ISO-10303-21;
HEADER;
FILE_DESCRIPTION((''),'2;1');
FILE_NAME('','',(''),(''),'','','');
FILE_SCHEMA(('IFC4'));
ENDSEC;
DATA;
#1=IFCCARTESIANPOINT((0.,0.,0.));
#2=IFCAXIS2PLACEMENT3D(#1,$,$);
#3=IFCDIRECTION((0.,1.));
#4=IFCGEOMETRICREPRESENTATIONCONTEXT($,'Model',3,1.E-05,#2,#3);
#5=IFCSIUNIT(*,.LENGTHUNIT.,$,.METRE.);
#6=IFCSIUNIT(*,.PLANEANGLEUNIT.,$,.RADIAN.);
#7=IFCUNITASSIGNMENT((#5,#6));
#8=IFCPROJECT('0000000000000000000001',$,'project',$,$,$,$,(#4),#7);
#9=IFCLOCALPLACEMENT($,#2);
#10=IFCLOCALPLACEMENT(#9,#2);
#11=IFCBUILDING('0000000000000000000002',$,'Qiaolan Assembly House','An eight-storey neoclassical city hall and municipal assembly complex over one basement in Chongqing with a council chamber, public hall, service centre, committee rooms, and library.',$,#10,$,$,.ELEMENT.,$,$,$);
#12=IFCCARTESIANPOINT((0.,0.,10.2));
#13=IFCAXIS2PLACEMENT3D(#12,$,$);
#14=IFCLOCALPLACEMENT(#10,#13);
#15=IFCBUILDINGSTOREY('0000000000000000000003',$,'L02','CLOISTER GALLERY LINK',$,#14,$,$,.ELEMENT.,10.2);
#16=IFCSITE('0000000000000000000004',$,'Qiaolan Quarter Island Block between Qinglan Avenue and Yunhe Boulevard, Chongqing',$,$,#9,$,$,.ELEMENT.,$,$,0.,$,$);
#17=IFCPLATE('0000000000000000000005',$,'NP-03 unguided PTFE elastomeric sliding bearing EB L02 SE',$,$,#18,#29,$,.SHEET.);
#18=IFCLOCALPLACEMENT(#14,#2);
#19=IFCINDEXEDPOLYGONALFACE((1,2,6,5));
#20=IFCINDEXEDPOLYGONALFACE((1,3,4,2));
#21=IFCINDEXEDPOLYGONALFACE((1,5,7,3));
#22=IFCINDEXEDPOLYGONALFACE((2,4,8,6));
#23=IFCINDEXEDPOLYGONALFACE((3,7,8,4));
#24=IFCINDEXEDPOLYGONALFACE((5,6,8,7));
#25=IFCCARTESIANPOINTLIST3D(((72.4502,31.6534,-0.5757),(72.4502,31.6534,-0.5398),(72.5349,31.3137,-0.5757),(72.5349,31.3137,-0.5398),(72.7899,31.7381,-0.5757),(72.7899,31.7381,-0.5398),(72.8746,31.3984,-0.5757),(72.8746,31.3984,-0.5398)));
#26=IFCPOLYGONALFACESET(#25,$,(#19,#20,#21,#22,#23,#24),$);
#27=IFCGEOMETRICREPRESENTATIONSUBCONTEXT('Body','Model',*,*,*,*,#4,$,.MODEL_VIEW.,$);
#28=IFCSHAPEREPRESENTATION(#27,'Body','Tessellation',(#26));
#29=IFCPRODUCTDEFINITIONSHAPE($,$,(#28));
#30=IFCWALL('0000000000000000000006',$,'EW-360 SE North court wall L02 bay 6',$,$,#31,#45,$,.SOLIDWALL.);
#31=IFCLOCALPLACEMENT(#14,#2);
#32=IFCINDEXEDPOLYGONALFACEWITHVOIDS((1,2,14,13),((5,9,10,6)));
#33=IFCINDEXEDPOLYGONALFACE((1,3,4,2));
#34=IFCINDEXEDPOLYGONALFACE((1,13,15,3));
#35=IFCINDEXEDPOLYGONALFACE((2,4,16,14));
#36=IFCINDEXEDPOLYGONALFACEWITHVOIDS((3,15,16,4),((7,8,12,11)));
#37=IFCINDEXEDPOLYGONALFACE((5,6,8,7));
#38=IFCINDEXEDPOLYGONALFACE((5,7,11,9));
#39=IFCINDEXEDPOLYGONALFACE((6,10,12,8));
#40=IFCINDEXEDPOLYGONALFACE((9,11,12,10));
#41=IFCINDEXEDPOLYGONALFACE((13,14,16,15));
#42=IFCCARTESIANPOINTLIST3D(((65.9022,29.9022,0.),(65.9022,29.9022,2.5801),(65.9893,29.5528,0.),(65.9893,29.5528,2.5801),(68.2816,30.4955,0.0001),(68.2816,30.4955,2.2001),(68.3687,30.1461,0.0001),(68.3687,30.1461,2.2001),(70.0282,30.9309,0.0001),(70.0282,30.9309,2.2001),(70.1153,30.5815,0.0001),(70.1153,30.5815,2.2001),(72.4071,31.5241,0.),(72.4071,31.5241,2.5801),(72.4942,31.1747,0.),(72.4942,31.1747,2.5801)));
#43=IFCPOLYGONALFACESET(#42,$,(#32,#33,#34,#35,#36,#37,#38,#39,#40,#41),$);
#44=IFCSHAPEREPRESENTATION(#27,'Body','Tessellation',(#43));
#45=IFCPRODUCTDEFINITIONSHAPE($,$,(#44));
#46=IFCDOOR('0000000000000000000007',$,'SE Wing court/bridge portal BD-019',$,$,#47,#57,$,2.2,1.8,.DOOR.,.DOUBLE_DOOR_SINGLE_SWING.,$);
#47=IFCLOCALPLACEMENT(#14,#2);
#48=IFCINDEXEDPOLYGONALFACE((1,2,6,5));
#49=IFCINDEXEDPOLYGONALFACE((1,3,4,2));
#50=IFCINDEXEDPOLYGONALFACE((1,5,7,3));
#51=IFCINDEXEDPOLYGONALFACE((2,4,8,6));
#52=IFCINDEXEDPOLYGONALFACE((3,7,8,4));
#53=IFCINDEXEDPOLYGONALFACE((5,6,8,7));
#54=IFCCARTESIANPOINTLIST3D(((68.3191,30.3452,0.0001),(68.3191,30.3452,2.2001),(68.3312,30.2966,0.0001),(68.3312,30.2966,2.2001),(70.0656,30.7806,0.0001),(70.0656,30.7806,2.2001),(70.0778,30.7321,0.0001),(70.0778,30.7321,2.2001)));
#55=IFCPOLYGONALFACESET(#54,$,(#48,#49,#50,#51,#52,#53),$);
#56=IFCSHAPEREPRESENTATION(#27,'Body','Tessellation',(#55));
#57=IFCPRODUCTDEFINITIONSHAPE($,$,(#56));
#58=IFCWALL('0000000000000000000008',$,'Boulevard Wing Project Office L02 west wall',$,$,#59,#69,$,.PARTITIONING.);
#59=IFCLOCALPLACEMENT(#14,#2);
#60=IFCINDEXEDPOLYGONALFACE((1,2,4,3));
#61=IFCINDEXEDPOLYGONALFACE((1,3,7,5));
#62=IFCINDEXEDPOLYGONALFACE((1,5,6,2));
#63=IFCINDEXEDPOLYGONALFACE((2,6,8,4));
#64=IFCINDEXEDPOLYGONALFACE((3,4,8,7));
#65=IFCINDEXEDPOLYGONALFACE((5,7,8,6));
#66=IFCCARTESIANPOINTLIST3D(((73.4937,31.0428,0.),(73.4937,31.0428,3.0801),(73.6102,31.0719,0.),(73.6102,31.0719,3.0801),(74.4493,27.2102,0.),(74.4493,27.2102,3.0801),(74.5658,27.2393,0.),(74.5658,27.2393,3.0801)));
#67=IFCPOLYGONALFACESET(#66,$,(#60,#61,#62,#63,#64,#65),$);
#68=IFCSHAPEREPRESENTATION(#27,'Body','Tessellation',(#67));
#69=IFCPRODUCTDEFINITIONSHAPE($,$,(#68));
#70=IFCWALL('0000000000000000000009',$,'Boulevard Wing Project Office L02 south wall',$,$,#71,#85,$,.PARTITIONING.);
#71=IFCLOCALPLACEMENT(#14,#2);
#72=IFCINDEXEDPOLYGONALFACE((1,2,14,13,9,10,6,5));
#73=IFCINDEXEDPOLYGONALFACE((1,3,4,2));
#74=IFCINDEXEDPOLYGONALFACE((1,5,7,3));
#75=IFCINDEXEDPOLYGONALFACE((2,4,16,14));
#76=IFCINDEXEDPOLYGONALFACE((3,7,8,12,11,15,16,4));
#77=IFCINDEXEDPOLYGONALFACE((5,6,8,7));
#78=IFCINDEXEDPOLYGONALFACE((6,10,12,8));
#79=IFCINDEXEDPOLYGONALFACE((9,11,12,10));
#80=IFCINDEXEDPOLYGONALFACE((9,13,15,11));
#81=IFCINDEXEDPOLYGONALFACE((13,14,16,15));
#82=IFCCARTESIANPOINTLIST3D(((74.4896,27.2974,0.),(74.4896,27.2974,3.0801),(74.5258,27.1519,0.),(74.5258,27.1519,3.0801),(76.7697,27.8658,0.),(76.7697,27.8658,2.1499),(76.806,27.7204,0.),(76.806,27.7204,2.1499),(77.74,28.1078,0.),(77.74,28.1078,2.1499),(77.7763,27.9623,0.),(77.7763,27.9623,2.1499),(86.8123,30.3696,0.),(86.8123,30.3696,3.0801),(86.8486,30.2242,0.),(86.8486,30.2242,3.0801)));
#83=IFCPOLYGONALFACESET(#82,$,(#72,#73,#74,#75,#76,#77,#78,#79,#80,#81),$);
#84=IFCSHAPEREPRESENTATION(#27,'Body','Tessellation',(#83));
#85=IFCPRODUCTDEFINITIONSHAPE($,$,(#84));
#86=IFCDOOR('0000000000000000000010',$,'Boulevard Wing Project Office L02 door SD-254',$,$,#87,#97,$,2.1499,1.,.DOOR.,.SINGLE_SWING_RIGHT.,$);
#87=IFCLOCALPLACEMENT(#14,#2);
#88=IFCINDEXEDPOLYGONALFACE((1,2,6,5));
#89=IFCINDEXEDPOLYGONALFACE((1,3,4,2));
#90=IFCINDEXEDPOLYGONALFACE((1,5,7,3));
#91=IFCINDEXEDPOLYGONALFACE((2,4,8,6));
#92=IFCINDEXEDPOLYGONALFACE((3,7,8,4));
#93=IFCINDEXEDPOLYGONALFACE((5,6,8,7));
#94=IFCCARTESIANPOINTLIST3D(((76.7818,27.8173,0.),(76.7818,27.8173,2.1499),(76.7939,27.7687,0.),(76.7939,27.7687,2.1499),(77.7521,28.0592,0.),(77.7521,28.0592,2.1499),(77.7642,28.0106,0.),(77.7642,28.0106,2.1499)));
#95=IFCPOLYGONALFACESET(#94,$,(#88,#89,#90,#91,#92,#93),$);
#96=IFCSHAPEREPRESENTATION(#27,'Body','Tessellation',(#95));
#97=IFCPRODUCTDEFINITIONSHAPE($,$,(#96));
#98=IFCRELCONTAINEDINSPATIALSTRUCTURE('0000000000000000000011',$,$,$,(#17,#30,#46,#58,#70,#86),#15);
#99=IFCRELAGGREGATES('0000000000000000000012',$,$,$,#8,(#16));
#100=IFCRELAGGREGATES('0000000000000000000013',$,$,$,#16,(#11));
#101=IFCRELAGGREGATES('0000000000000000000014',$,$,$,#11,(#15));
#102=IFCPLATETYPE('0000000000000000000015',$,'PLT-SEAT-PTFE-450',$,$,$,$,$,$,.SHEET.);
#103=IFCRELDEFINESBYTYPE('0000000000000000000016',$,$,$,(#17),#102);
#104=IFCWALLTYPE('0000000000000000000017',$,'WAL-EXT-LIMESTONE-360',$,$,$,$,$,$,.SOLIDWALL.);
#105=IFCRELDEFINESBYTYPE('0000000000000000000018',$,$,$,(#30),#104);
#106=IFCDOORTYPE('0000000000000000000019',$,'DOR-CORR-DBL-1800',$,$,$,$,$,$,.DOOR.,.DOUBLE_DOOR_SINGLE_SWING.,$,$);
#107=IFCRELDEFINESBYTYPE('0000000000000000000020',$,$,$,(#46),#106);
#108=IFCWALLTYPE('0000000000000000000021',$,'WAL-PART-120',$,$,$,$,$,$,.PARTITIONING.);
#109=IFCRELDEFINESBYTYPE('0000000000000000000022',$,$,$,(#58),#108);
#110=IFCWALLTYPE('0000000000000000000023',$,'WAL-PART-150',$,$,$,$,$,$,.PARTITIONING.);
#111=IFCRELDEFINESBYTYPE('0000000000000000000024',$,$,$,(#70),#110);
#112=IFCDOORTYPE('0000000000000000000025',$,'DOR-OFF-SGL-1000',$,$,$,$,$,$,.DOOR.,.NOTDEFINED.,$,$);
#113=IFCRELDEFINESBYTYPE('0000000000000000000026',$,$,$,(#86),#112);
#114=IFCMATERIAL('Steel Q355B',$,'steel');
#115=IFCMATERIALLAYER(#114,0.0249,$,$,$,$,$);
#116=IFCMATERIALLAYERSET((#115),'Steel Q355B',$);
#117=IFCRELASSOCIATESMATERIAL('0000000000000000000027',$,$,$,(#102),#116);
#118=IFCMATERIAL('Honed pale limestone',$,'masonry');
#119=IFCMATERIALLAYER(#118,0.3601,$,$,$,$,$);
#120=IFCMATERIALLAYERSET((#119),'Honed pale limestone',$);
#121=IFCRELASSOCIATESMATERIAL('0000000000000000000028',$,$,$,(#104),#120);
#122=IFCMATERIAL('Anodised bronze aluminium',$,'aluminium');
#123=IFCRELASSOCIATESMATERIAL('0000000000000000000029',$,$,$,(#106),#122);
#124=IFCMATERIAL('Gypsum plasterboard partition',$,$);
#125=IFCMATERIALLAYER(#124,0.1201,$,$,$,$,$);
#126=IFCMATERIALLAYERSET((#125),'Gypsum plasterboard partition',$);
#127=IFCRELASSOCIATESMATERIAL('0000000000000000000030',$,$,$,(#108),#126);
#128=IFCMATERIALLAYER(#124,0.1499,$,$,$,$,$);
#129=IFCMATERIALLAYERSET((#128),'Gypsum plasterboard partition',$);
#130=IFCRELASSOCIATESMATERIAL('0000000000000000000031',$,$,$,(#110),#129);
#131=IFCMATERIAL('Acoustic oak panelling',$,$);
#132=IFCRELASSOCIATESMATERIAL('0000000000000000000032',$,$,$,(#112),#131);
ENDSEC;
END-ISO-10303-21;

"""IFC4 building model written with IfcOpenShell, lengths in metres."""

from ifc_helpers import new_model, si_unit, direction, frame, frame_2d, origin, origin_2d, place, context, subcontext, project, spatial, rectangle, extrude, material, layer, layer_set, type_object, element, fill, save


model = new_model("IFC4")

# Units and contexts
model_context = context("Model", 3, precision=1e-05, world=origin(), true_north=direction((0.0, 1.0)))
body_context = subcontext(model_context, "Body", "Model", "MODEL_VIEW")
ifc_project = project(units=[si_unit("LENGTHUNIT", "METRE"), si_unit("PLANEANGLEUNIT", "RADIAN")], contexts=[model_context])

# Site, building, storey
site_placement = place(None, origin())
site = spatial("IfcSite", under=ifc_project, at=site_placement, Name="Qiaolan Quarter Island Block between Qinglan Avenue and Yunhe Boulevard, Chongqing", CompositionType="ELEMENT", RefElevation=0.0)
building_placement = place(site_placement, origin())
building = spatial("IfcBuilding", under=site, at=building_placement, Name="Qiaolan Assembly House", Description="An eight-storey neoclassical city hall and municipal assembly complex over one basement in Chongqing with a council chamber, public hall, service centre, committee rooms, and library.", CompositionType="ELEMENT")
storey_placement = place(building_placement, frame((0.0, 0.0, 10.2)))
storey = spatial("IfcBuildingStorey", under=building, at=storey_placement, Name="L02", Description="CLOISTER GALLERY LINK", CompositionType="ELEMENT", Elevation=10.2)

# Shared definitions
ifc_material_1 = material(Name="Steel Q355B", Category="steel")

# Shared definitions
ifc_material_2 = material(Name="Anodised bronze aluminium", Category="aluminium")

# Plate
ifc_layer_1 = layer(ifc_material_1, 0.0249)
ifc_layer_set_1 = layer_set([ifc_layer_1], Name="Steel Q355B")
plate_type_1 = type_object("IfcPlateType", Name="PLT-SEAT-PTFE-450", PredefinedType="SHEET", material=ifc_layer_set_1)
plate_1_placement = place(storey_placement, frame((72.6624, 31.5259, -0.5757), z_axis=(0.0, 0.0, 1.0), x_axis=(0.970296, 0.241922, 0.0)))
element("IfcPlate", 1, at=plate_1_placement, inside=storey, type_object=plate_type_1, Name="NP-03 unguided PTFE elastomeric sliding bearing EB L02 SE", PredefinedType="SHEET", context=body_context, shape_type="SweptSolid", body=[
    extrude(rectangle(XDim=0.3501, YDim=0.3501, at=origin_2d()), origin(), (0.0, 0.0, 1.0), 0.0359),
])

# Wall, opening, door
ifc_material_3 = material(Name="Honed pale limestone", Category="masonry")
ifc_layer_2 = layer(ifc_material_3, 0.3601)
ifc_layer_set_2 = layer_set([ifc_layer_2], Name="Honed pale limestone")
wall_type_1 = type_object("IfcWallType", Name="WAL-EXT-LIMESTONE-360", PredefinedType="SOLIDWALL", material=ifc_layer_set_2)
wall_1_placement = place(storey_placement, frame((72.4507, 31.3494, 0.0), z_axis=(0.0, 0.0, 1.0), x_axis=(-0.970297, -0.241919, 0.0)))
wall_1 = element("IfcWall", 2, at=wall_1_placement, inside=storey, type_object=wall_type_1, Name="EW-360 SE North court wall L02 bay 6", PredefinedType="SOLIDWALL", context=body_context, shape_type="SweptSolid", body=[
    extrude(rectangle(XDim=6.7041, YDim=0.3601, at=frame_2d((3.3521, 0.0))), origin(), (0.0, 0.0, 1.0), 2.5801),
])
opening_1_placement = place(wall_1_placement, frame((2.4519, 0.0, 0.0)))
opening_1 = element("IfcOpeningElement", 3, at=opening_1_placement, cuts=wall_1, PredefinedType="OPENING", context=body_context, shape_type="SweptSolid", body=[
    extrude(rectangle(XDim=1.8, YDim=2.2, at=frame_2d((0.8999, 1.1001))), frame((0.0, 0.1899, 0.0), z_axis=(0.0, -1.0, 0.0), x_axis=(1.0, 0.0, 0.0)), (0.0, 0.0, 1.0), 0.3801),
])
door_type_1 = type_object("IfcDoorType", Name="DOR-CORR-DBL-1800", OperationType="DOUBLE_DOOR_SINGLE_SWING", PredefinedType="DOOR", material=ifc_material_2)
door_1_placement = place(opening_1_placement, origin())
door_1 = element("IfcDoor", 4, at=door_1_placement, inside=storey, type_object=door_type_1, Name="SE Wing court/bridge portal BD-019", OperationType="DOUBLE_DOOR_SINGLE_SWING", OverallHeight=2.2, OverallWidth=1.8, PredefinedType="DOOR", context=body_context, shape_type="SweptSolid", body=[
    extrude(rectangle(XDim=1.8, YDim=2.2, at=frame_2d((0.8999, 1.1001))), frame((0.0, 0.0249, 0.0), z_axis=(0.0, -1.0, 0.0), x_axis=(1.0, 0.0, 0.0)), (0.0, 0.0, 1.0), 0.05),
])
fill(opening_1, door_1)

# Wall
ifc_material_4 = material(Name="Gypsum plasterboard partition")
ifc_layer_3 = layer(ifc_material_4, 0.1201)
ifc_layer_set_3 = layer_set([ifc_layer_3], Name="Gypsum plasterboard partition")
wall_type_2 = type_object("IfcWallType", Name="WAL-PART-120", PredefinedType="PARTITIONING", material=ifc_layer_set_3)
wall_2_placement = place(storey_placement, frame((74.5076, 27.2246, 0.0), z_axis=(0.0, 0.0, 1.0), x_axis=(-0.241925, 0.970295, 0.0)))
element("IfcWall", 5, at=wall_2_placement, inside=storey, type_object=wall_type_2, Name="Boulevard Wing Project Office L02 west wall", PredefinedType="PARTITIONING", context=body_context, shape_type="SweptSolid", body=[
    extrude(rectangle(XDim=3.95, YDim=0.1201, at=frame_2d((1.9751, 0.0))), origin(), (0.0, 0.0, 1.0), 3.0801),
])

# Wall, opening, door
ifc_layer_4 = layer(ifc_material_4, 0.1499)
ifc_layer_set_4 = layer_set([ifc_layer_4], Name="Gypsum plasterboard partition")
wall_type_3 = type_object("IfcWallType", Name="WAL-PART-150", PredefinedType="PARTITIONING", material=ifc_layer_set_4)
wall_3_placement = place(storey_placement, frame((74.5076, 27.2246, 0.0), z_axis=(0.0, 0.0, 1.0), x_axis=(0.970298, 0.241911, 0.0)))
wall_3 = element("IfcWall", 6, at=wall_3_placement, inside=storey, type_object=wall_type_3, Name="Boulevard Wing Project Office L02 south wall", PredefinedType="PARTITIONING", context=body_context, shape_type="SweptSolid", body=[
    extrude(rectangle(XDim=12.7, YDim=0.1499, at=frame_2d((6.3501, 0.0))), origin(), (0.0, 0.0, 1.0), 3.0801),
])
opening_2_placement = place(wall_3_placement, frame((2.3501, 0.0, 0.0)))
opening_2 = element("IfcOpeningElement", 7, at=opening_2_placement, cuts=wall_3, PredefinedType="OPENING", context=body_context, shape_type="SweptSolid", body=[
    extrude(rectangle(XDim=1.0, YDim=2.1499, at=frame_2d((0.5, 1.075))), frame((0.0, 0.085, 0.0), z_axis=(0.0, -1.0, 0.0), x_axis=(1.0, 0.0, 0.0)), (0.0, 0.0, 1.0), 0.1699),
])
ifc_material_5 = material(Name="Acoustic oak panelling")
door_type_2 = type_object("IfcDoorType", Name="DOR-OFF-SGL-1000", OperationType="NOTDEFINED", PredefinedType="DOOR", material=ifc_material_5)
door_2_placement = place(opening_2_placement, origin())
door_2 = element("IfcDoor", 8, at=door_2_placement, inside=storey, type_object=door_type_2, Name="Boulevard Wing Project Office L02 door SD-254", OperationType="SINGLE_SWING_RIGHT", OverallHeight=2.1499, OverallWidth=1.0, PredefinedType="DOOR", context=body_context, shape_type="SweptSolid", body=[
    extrude(rectangle(XDim=1.0, YDim=2.1499, at=frame_2d((0.5, 1.075))), frame((0.0, 0.0249, 0.0), z_axis=(0.0, -1.0, 0.0), x_axis=(1.0, 0.0, 0.0)), (0.0, 0.0, 1.0), 0.05),
])
fill(opening_2, door_2)

save(model, "model.ifc")
